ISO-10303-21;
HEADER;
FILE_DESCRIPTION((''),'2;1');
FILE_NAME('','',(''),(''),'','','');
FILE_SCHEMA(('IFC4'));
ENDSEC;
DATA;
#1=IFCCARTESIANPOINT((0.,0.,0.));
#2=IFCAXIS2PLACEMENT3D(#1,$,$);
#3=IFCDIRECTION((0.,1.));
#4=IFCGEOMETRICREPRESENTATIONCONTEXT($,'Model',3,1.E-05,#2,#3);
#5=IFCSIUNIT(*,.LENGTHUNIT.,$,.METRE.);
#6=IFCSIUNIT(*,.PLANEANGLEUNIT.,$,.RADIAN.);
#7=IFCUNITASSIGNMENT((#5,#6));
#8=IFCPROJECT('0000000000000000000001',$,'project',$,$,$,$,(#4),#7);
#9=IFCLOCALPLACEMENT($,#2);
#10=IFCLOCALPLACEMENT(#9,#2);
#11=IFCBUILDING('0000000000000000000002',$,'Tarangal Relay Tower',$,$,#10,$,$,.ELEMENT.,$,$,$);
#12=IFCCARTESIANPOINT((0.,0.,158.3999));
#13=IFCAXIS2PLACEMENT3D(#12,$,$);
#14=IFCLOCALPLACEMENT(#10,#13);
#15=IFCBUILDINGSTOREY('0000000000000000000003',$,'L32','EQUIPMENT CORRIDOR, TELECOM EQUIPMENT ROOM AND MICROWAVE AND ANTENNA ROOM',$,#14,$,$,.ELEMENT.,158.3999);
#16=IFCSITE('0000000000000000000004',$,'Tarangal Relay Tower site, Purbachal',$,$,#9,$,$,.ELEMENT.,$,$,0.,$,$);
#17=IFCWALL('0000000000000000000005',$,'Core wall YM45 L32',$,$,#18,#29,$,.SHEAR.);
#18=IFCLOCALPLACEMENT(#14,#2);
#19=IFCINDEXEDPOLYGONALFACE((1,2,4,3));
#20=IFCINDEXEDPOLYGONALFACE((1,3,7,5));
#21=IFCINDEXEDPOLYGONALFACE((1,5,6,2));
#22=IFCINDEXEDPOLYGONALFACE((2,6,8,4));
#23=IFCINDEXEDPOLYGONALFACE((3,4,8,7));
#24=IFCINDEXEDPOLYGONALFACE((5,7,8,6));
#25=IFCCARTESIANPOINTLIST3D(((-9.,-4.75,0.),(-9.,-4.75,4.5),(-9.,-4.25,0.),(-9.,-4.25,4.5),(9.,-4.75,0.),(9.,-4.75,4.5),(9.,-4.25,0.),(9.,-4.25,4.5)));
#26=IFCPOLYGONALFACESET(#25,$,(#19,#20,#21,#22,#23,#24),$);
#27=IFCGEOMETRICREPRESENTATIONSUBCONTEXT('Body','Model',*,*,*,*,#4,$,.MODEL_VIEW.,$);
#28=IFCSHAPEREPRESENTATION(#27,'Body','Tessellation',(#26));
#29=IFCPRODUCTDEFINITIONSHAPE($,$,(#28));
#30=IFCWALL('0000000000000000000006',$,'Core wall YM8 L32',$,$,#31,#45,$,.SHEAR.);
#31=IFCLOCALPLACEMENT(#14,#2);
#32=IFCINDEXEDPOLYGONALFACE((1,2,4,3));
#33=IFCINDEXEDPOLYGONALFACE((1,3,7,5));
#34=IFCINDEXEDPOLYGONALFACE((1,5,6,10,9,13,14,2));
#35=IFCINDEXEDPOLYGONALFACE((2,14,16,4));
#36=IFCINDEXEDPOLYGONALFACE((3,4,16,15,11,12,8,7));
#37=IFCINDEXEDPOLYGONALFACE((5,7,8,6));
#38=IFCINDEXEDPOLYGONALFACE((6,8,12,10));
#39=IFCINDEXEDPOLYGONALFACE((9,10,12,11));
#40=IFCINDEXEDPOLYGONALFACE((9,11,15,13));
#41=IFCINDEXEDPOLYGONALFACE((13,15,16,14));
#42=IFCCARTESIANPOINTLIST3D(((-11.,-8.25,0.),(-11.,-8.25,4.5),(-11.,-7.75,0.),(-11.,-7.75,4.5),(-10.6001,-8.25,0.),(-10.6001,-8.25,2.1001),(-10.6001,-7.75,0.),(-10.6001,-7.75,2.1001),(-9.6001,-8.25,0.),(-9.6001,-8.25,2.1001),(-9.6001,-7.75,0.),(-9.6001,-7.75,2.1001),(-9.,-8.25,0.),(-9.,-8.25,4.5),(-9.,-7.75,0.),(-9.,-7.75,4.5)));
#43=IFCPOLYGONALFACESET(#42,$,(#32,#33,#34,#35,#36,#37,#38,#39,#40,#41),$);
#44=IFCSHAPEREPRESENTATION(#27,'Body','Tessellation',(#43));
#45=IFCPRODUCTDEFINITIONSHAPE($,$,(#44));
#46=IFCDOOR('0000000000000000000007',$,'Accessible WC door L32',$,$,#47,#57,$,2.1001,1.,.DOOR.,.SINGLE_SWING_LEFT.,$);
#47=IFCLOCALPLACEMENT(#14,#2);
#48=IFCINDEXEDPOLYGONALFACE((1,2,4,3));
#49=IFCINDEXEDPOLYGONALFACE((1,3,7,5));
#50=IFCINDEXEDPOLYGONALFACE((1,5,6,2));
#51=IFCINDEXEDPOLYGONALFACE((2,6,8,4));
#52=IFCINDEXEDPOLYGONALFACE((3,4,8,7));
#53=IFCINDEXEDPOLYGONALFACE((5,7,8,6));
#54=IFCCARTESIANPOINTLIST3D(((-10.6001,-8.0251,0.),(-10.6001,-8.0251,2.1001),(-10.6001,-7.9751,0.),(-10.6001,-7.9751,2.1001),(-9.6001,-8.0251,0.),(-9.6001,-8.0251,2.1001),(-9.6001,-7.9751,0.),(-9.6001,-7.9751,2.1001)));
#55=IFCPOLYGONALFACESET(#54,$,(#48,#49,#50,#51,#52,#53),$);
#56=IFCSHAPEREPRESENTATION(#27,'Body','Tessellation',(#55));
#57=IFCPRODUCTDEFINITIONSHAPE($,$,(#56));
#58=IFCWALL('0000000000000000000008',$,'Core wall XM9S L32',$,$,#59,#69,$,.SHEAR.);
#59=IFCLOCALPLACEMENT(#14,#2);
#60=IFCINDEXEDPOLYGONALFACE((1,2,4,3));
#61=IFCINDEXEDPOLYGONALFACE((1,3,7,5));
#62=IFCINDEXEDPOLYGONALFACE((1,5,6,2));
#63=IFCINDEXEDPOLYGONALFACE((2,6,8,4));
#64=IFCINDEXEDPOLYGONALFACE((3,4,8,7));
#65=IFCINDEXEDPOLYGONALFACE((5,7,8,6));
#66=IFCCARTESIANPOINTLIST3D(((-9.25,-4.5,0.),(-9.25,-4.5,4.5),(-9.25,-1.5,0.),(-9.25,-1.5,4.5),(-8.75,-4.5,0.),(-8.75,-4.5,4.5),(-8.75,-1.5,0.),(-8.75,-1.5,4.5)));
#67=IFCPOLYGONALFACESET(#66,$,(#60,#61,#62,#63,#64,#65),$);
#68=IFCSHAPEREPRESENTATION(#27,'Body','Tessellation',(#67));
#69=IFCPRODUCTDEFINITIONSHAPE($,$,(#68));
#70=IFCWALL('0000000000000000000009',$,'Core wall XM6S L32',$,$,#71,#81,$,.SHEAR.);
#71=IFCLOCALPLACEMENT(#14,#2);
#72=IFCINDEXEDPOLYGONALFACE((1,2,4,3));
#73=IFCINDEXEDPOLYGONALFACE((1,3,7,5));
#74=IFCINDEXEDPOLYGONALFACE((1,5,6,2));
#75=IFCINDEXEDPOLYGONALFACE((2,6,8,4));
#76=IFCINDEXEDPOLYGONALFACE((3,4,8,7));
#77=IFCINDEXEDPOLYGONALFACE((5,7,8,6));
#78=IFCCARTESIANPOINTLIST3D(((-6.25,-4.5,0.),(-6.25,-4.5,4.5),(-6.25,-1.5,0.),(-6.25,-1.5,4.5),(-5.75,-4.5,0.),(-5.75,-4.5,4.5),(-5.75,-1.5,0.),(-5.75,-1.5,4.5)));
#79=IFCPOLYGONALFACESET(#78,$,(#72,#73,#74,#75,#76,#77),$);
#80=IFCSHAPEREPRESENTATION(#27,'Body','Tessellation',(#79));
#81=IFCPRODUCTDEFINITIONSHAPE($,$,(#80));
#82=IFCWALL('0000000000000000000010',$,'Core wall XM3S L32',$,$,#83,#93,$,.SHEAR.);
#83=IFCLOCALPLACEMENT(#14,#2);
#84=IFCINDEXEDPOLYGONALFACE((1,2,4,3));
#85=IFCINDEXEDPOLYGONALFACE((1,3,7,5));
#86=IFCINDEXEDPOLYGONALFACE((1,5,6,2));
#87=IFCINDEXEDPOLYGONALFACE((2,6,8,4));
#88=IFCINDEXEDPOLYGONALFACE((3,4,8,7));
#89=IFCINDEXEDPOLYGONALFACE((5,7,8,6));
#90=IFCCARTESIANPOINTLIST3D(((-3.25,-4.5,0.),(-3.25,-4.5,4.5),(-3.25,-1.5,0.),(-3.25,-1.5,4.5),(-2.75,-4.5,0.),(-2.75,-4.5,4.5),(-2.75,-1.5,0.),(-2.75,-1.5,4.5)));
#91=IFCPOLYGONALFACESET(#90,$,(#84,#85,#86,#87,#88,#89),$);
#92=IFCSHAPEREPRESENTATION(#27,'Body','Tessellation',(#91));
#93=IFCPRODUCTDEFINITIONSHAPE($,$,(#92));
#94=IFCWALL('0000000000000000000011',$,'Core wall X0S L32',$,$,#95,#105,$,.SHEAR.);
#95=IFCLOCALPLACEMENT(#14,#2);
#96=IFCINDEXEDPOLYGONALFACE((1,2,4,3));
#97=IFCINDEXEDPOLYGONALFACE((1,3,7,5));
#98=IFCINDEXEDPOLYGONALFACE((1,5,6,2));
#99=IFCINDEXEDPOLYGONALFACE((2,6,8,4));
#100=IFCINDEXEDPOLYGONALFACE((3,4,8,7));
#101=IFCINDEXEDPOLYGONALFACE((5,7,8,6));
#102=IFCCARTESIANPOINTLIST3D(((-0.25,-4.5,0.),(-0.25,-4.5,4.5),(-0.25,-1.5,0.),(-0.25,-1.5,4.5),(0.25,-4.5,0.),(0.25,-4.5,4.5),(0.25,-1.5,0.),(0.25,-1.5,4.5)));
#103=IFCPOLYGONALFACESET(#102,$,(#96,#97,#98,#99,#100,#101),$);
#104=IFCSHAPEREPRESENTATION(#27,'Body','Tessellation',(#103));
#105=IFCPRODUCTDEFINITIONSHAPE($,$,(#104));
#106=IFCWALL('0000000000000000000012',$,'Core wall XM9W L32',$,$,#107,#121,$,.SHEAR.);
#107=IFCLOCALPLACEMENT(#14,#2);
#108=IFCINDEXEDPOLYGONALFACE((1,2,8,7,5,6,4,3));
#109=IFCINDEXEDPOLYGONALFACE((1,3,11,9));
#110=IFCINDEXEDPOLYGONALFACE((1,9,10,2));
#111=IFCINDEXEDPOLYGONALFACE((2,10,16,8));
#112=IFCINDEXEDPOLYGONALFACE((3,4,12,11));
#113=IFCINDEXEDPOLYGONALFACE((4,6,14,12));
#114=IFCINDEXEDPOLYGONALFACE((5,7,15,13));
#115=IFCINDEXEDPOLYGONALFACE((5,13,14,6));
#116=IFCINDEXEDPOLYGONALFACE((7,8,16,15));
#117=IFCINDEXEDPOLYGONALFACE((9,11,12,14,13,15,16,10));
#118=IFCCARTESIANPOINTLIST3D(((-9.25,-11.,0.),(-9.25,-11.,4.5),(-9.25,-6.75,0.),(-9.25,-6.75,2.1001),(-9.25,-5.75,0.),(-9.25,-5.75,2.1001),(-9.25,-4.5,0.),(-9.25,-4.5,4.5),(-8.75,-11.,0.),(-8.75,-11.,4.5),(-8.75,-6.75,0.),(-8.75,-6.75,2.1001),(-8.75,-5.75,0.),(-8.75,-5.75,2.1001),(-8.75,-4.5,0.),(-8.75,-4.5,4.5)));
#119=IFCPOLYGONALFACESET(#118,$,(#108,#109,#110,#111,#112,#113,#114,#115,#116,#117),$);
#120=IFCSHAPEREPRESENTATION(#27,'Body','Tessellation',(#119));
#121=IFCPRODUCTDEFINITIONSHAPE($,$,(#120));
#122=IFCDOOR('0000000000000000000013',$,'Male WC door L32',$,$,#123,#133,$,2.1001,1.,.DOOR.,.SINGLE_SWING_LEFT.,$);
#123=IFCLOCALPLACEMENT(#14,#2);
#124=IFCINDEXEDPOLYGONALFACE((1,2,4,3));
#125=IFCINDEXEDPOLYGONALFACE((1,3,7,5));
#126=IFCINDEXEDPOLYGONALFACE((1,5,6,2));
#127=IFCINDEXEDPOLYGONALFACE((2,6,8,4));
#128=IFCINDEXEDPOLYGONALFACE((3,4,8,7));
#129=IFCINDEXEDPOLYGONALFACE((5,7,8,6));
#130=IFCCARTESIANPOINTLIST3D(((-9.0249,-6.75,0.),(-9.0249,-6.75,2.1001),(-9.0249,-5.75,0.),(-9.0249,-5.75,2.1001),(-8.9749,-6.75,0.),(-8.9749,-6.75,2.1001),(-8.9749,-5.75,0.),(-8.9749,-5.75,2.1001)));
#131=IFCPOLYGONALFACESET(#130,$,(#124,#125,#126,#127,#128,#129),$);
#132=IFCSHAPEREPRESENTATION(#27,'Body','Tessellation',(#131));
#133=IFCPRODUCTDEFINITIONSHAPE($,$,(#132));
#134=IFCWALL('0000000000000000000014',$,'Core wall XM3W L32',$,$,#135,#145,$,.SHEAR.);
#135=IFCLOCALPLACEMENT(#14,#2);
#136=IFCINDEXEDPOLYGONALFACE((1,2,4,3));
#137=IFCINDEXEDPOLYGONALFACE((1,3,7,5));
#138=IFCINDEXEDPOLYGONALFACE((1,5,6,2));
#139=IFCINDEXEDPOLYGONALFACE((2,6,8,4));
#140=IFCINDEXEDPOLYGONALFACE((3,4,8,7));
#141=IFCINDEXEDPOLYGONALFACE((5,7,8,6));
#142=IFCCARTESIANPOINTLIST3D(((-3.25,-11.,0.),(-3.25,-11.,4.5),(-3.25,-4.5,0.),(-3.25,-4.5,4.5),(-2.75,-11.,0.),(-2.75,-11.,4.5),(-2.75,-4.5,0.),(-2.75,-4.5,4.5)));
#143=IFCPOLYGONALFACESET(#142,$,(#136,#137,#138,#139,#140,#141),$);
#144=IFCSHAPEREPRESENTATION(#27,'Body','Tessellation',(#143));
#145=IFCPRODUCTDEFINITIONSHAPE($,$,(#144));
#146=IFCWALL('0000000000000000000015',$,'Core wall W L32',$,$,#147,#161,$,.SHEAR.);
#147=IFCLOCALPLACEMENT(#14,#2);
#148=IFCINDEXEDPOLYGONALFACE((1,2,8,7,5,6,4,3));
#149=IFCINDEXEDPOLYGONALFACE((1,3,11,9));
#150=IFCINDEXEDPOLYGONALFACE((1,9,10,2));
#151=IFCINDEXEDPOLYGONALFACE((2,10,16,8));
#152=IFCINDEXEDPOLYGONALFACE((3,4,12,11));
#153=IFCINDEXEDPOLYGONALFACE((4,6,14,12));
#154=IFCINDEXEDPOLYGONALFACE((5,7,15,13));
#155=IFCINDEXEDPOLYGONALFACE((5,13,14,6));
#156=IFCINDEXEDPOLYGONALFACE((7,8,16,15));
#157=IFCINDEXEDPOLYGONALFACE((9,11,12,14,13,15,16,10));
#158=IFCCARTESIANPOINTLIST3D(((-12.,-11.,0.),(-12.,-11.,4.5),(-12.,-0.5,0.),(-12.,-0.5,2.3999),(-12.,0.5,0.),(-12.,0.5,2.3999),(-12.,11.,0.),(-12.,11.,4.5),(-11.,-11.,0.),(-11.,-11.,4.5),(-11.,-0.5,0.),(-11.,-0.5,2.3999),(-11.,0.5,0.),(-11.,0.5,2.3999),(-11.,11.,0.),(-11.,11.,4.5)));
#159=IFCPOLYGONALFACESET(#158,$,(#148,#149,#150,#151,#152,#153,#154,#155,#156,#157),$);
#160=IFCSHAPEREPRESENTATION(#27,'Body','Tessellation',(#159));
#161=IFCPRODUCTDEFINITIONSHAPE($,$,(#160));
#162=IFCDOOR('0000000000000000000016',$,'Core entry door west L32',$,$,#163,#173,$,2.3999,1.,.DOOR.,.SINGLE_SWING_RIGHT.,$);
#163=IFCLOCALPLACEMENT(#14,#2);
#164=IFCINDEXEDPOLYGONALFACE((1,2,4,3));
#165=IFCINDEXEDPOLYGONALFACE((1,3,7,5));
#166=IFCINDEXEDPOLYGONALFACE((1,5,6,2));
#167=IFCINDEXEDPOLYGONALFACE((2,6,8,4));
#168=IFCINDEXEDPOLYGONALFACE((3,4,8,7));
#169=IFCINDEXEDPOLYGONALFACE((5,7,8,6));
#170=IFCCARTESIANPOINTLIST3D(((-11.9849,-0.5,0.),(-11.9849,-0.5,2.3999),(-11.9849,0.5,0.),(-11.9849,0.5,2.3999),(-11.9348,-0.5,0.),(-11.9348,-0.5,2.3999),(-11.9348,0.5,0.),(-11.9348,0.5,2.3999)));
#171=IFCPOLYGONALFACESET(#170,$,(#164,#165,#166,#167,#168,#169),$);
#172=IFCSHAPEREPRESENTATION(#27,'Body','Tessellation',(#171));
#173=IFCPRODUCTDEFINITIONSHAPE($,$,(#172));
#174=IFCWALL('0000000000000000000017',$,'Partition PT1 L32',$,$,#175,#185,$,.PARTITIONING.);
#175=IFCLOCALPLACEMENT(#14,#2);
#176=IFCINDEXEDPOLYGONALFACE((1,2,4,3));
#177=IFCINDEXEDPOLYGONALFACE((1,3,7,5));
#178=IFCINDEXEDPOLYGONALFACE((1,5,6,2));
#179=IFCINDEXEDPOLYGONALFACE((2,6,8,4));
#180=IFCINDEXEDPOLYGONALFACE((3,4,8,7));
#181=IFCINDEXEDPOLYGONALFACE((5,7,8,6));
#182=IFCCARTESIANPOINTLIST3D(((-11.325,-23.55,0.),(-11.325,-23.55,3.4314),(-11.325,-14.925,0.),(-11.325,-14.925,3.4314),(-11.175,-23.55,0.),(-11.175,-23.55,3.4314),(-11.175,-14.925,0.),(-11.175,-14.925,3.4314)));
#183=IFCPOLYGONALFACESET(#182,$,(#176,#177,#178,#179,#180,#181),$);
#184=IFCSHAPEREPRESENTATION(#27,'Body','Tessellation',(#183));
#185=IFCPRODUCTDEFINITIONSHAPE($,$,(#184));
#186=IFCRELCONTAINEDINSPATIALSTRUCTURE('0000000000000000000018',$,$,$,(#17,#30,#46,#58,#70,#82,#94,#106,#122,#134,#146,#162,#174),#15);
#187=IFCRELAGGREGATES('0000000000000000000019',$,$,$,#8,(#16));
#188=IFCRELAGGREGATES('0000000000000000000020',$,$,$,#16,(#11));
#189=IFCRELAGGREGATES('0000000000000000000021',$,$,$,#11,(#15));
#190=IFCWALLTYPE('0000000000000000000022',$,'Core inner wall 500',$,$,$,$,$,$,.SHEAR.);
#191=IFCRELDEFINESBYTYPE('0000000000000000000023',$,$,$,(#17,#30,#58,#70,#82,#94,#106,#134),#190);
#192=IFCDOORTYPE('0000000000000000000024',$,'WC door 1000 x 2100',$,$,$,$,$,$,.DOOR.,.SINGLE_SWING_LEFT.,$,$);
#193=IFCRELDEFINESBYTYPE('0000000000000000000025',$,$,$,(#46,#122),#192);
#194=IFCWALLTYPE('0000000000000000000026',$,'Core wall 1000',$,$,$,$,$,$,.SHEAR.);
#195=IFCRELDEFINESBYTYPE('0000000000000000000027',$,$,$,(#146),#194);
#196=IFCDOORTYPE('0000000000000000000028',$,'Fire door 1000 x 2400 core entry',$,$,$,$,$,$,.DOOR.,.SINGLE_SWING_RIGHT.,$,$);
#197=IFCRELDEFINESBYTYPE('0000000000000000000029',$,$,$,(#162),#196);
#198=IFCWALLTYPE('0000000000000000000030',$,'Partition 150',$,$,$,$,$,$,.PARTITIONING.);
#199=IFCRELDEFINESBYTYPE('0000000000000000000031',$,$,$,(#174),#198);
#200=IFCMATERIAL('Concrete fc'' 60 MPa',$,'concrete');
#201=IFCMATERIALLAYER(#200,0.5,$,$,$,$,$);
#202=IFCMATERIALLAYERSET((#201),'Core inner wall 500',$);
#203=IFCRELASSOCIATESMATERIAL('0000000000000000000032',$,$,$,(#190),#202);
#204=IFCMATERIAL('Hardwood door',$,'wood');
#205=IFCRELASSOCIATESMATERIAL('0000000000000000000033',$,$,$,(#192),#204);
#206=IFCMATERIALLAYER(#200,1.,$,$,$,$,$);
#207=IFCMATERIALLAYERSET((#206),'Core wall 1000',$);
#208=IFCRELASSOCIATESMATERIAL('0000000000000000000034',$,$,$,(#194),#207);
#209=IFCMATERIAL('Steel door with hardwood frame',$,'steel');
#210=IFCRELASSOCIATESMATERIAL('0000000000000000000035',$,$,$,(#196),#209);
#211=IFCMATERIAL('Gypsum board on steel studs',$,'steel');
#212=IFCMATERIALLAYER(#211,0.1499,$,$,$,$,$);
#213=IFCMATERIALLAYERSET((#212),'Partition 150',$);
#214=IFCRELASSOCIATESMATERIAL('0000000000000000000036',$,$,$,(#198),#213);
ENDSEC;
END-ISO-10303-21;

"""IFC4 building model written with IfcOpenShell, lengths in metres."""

from ifc_helpers import new_model, si_unit, direction, frame, frame_2d, origin, place, context, subcontext, project, spatial, rectangle, extrude, material, layer, layer_set, type_object, element, fill, save


model = new_model("IFC4")

# Units and contexts
model_context = context("Model", 3, precision=1e-05, world=origin(), true_north=direction((0.0, 1.0)))
body_context = subcontext(model_context, "Body", "Model", "MODEL_VIEW")
ifc_project = project(units=[si_unit("LENGTHUNIT", "METRE"), si_unit("PLANEANGLEUNIT", "RADIAN")], contexts=[model_context])

# Site, building, storey
site_placement = place(None, origin())
site = spatial("IfcSite", under=ifc_project, at=site_placement, Name="Tarangal Relay Tower site, Purbachal", CompositionType="ELEMENT", RefElevation=0.0)
building_placement = place(site_placement, origin())
building = spatial("IfcBuilding", under=site, at=building_placement, Name="Tarangal Relay Tower", CompositionType="ELEMENT")
storey_placement = place(building_placement, frame((0.0, 0.0, 158.3999)))
storey = spatial("IfcBuildingStorey", under=building, at=storey_placement, Name="L32", Description="EQUIPMENT CORRIDOR, TELECOM EQUIPMENT ROOM AND MICROWAVE AND ANTENNA ROOM", CompositionType="ELEMENT", Elevation=158.3999)

# Wall
ifc_material_1 = material(Name="Concrete fc' 60 MPa", Category="concrete")
ifc_layer_1 = layer(ifc_material_1, 0.5)
ifc_layer_set_1 = layer_set([ifc_layer_1], Name="Core inner wall 500")
wall_type_1 = type_object("IfcWallType", Name="Core inner wall 500", PredefinedType="SHEAR", material=ifc_layer_set_1)
for number, where, z_axis, x_axis, name in (
    (1, (-9.0, -4.5, 0.0), (0.0, 0.0, 1.0), (1.0, 0.0, 0.0), "Core wall YM45 L32"),
):
    element("IfcWall", number, at=place(storey_placement, frame(where, z_axis=z_axis, x_axis=x_axis)), inside=storey, type_object=wall_type_1, Name=name, PredefinedType="SHEAR", context=body_context, shape_type="SweptSolid", body=[
        extrude(rectangle(XDim=18.0, YDim=0.5, at=frame_2d((9.0, 0.0))), origin(), (0.0, 0.0, 1.0), 4.5),
    ])

# Wall, opening, door
wall_1_placement = place(storey_placement, frame((-11.0, -8.0, 0.0), z_axis=(0.0, 0.0, 1.0), x_axis=(1.0, 0.0, 0.0)))
wall_1 = element("IfcWall", 2, at=wall_1_placement, inside=storey, type_object=wall_type_1, Name="Core wall YM8 L32", PredefinedType="SHEAR", context=body_context, shape_type="SweptSolid", body=[
    extrude(rectangle(XDim=2.0, YDim=0.5, at=frame_2d((1.0, 0.0))), origin(), (0.0, 0.0, 1.0), 4.5),
])
opening_1_placement = place(wall_1_placement, frame((0.3999, 0.0, 0.0)))
opening_1 = element("IfcOpeningElement", 3, at=opening_1_placement, cuts=wall_1, PredefinedType="OPENING", context=body_context, shape_type="SweptSolid", body=[
    extrude(rectangle(XDim=1.0, YDim=2.1001, at=frame_2d((0.5, 1.05))), frame((0.0, 0.26, 0.0), z_axis=(0.0, -1.0, 0.0), x_axis=(1.0, 0.0, 0.0)), (0.0, 0.0, 1.0), 0.52),
])
ifc_material_2 = material(Name="Hardwood door", Category="wood")
door_type_1 = type_object("IfcDoorType", Name="WC door 1000 x 2100", OperationType="SINGLE_SWING_LEFT", PredefinedType="DOOR", material=ifc_material_2)
door_1_placement = place(opening_1_placement, origin())
door_1 = element("IfcDoor", 4, at=door_1_placement, inside=storey, type_object=door_type_1, Name="Accessible WC door L32", OperationType="SINGLE_SWING_LEFT", OverallHeight=2.1001, OverallWidth=1.0, PredefinedType="DOOR", context=body_context, shape_type="SweptSolid", body=[
    extrude(rectangle(XDim=1.0, YDim=2.1001, at=frame_2d((0.5, 1.05))), frame((0.0, 0.0249, 0.0), z_axis=(0.0, -1.0, 0.0), x_axis=(1.0, 0.0, 0.0)), (0.0, 0.0, 1.0), 0.05),
])
fill(opening_1, door_1)

# Walls
for number, where, z_axis, x_axis, name in (
    (5, (-9.0, -4.5, 0.0), (0.0, 0.0, 1.0), (0.0, 1.0, 0.0), "Core wall XM9S L32"),
    (6, (-6.0, -4.5, 0.0), (0.0, 0.0, 1.0), (0.0, 1.0, 0.0), "Core wall XM6S L32"),
    (7, (-3.0, -4.5, 0.0), (0.0, 0.0, 1.0), (0.0, 1.0, 0.0), "Core wall XM3S L32"),
    (8, (0.0, -4.5, 0.0), (0.0, 0.0, 1.0), (0.0, 1.0, 0.0), "Core wall X0S L32"),
):
    element("IfcWall", number, at=place(storey_placement, frame(where, z_axis=z_axis, x_axis=x_axis)), inside=storey, type_object=wall_type_1, Name=name, PredefinedType="SHEAR", context=body_context, shape_type="SweptSolid", body=[
        extrude(rectangle(XDim=3.0, YDim=0.5, at=frame_2d((1.5, 0.0))), origin(), (0.0, 0.0, 1.0), 4.5),
    ])

# Wall, opening, door
wall_2_placement = place(storey_placement, frame((-9.0, -11.0, 0.0), z_axis=(0.0, 0.0, 1.0), x_axis=(0.0, 1.0, 0.0)))
wall_2 = element("IfcWall", 9, at=wall_2_placement, inside=storey, type_object=wall_type_1, Name="Core wall XM9W L32", PredefinedType="SHEAR", context=body_context, shape_type="SweptSolid", body=[
    extrude(rectangle(XDim=6.5, YDim=0.5, at=frame_2d((3.25, 0.0))), origin(), (0.0, 0.0, 1.0), 4.5),
])
opening_2_placement = place(wall_2_placement, frame((4.25, 0.0, 0.0)))
opening_2 = element("IfcOpeningElement", 10, at=opening_2_placement, cuts=wall_2, PredefinedType="OPENING", context=body_context, shape_type="SweptSolid", body=[
    extrude(rectangle(XDim=1.0, YDim=2.1001, at=frame_2d((0.5, 1.05))), frame((0.0, 0.26, 0.0), z_axis=(0.0, -1.0, 0.0), x_axis=(1.0, 0.0, 0.0)), (0.0, 0.0, 1.0), 0.52),
])
door_2_placement = place(opening_2_placement, origin())
door_2 = element("IfcDoor", 11, at=door_2_placement, inside=storey, type_object=door_type_1, Name="Male WC door L32", OperationType="SINGLE_SWING_LEFT", OverallHeight=2.1001, OverallWidth=1.0, PredefinedType="DOOR", context=body_context, shape_type="SweptSolid", body=[
    extrude(rectangle(XDim=1.0, YDim=2.1001, at=frame_2d((0.5, 1.05))), frame((0.0, 0.0249, 0.0), z_axis=(0.0, -1.0, 0.0), x_axis=(1.0, 0.0, 0.0)), (0.0, 0.0, 1.0), 0.05),
])
fill(opening_2, door_2)

# Wall
wall_3_placement = place(storey_placement, frame((-3.0, -11.0, 0.0), z_axis=(0.0, 0.0, 1.0), x_axis=(0.0, 1.0, 0.0)))
element("IfcWall", 12, at=wall_3_placement, inside=storey, type_object=wall_type_1, Name="Core wall XM3W L32", PredefinedType="SHEAR", context=body_context, shape_type="SweptSolid", body=[
    extrude(rectangle(XDim=6.5, YDim=0.5, at=frame_2d((3.25, 0.0))), origin(), (0.0, 0.0, 1.0), 4.5),
])

# Wall, opening, door
ifc_layer_2 = layer(ifc_material_1, 1.0)
ifc_layer_set_2 = layer_set([ifc_layer_2], Name="Core wall 1000")
wall_type_2 = type_object("IfcWallType", Name="Core wall 1000", PredefinedType="SHEAR", material=ifc_layer_set_2)
wall_4_placement = place(storey_placement, frame((-11.5, -11.0, 0.0), z_axis=(0.0, 0.0, 1.0), x_axis=(0.0, 1.0, 0.0)))
wall_4 = element("IfcWall", 13, at=wall_4_placement, inside=storey, type_object=wall_type_2, Name="Core wall W L32", PredefinedType="SHEAR", context=body_context, shape_type="SweptSolid", body=[
    extrude(rectangle(XDim=22.0, YDim=1.0, at=frame_2d((11.0, 0.0))), origin(), (0.0, 0.0, 1.0), 4.5),
])
opening_3_placement = place(wall_4_placement, frame((10.5, 0.0, 0.0)))
opening_3 = element("IfcOpeningElement", 14, at=opening_3_placement, cuts=wall_4, PredefinedType="OPENING", context=body_context, shape_type="SweptSolid", body=[
    extrude(rectangle(XDim=1.0, YDim=2.3999, at=frame_2d((0.5, 1.2))), frame((0.0, 0.51, 0.0), z_axis=(0.0, -1.0, 0.0), x_axis=(1.0, 0.0, 0.0)), (0.0, 0.0, 1.0), 1.02),
])
ifc_material_3 = material(Name="Steel door with hardwood frame", Category="steel")
door_type_2 = type_object("IfcDoorType", Name="Fire door 1000 x 2400 core entry", OperationType="SINGLE_SWING_RIGHT", PredefinedType="DOOR", material=ifc_material_3)
door_3_placement = place(opening_3_placement, origin())
door_3 = element("IfcDoor", 15, at=door_3_placement, inside=storey, type_object=door_type_2, Name="Core entry door west L32", OperationType="SINGLE_SWING_RIGHT", OverallHeight=2.3999, OverallWidth=1.0, PredefinedType="DOOR", context=body_context, shape_type="SweptSolid", body=[
    extrude(rectangle(XDim=1.0, YDim=2.3999, at=frame_2d((0.5, 1.2))), frame((0.0, 0.4849, 0.0), z_axis=(0.0, -1.0, 0.0), x_axis=(1.0, 0.0, 0.0)), (0.0, 0.0, 1.0), 0.05),
])
fill(opening_3, door_3)

# Wall
ifc_material_4 = material(Name="Gypsum board on steel studs", Category="steel")
ifc_layer_3 = layer(ifc_material_4, 0.1499)
ifc_layer_set_3 = layer_set([ifc_layer_3], Name="Partition 150")
wall_type_3 = type_object("IfcWallType", Name="Partition 150", PredefinedType="PARTITIONING", material=ifc_layer_set_3)
for number, where, z_axis, x_axis, name in (
    (16, (-11.25, -23.55, 0.0), (0.0, 0.0, 1.0), (0.0, 1.0, 0.0), "Partition PT1 L32"),
):
    element("IfcWall", number, at=place(storey_placement, frame(where, z_axis=z_axis, x_axis=x_axis)), inside=storey, type_object=wall_type_3, Name=name, PredefinedType="PARTITIONING", context=body_context, shape_type="SweptSolid", body=[
        extrude(rectangle(XDim=8.625, YDim=0.1499, at=frame_2d((4.3125, 0.0))), origin(), (0.0, 0.0, 1.0), 3.4314),
    ])

save(model, "model.ifc")
